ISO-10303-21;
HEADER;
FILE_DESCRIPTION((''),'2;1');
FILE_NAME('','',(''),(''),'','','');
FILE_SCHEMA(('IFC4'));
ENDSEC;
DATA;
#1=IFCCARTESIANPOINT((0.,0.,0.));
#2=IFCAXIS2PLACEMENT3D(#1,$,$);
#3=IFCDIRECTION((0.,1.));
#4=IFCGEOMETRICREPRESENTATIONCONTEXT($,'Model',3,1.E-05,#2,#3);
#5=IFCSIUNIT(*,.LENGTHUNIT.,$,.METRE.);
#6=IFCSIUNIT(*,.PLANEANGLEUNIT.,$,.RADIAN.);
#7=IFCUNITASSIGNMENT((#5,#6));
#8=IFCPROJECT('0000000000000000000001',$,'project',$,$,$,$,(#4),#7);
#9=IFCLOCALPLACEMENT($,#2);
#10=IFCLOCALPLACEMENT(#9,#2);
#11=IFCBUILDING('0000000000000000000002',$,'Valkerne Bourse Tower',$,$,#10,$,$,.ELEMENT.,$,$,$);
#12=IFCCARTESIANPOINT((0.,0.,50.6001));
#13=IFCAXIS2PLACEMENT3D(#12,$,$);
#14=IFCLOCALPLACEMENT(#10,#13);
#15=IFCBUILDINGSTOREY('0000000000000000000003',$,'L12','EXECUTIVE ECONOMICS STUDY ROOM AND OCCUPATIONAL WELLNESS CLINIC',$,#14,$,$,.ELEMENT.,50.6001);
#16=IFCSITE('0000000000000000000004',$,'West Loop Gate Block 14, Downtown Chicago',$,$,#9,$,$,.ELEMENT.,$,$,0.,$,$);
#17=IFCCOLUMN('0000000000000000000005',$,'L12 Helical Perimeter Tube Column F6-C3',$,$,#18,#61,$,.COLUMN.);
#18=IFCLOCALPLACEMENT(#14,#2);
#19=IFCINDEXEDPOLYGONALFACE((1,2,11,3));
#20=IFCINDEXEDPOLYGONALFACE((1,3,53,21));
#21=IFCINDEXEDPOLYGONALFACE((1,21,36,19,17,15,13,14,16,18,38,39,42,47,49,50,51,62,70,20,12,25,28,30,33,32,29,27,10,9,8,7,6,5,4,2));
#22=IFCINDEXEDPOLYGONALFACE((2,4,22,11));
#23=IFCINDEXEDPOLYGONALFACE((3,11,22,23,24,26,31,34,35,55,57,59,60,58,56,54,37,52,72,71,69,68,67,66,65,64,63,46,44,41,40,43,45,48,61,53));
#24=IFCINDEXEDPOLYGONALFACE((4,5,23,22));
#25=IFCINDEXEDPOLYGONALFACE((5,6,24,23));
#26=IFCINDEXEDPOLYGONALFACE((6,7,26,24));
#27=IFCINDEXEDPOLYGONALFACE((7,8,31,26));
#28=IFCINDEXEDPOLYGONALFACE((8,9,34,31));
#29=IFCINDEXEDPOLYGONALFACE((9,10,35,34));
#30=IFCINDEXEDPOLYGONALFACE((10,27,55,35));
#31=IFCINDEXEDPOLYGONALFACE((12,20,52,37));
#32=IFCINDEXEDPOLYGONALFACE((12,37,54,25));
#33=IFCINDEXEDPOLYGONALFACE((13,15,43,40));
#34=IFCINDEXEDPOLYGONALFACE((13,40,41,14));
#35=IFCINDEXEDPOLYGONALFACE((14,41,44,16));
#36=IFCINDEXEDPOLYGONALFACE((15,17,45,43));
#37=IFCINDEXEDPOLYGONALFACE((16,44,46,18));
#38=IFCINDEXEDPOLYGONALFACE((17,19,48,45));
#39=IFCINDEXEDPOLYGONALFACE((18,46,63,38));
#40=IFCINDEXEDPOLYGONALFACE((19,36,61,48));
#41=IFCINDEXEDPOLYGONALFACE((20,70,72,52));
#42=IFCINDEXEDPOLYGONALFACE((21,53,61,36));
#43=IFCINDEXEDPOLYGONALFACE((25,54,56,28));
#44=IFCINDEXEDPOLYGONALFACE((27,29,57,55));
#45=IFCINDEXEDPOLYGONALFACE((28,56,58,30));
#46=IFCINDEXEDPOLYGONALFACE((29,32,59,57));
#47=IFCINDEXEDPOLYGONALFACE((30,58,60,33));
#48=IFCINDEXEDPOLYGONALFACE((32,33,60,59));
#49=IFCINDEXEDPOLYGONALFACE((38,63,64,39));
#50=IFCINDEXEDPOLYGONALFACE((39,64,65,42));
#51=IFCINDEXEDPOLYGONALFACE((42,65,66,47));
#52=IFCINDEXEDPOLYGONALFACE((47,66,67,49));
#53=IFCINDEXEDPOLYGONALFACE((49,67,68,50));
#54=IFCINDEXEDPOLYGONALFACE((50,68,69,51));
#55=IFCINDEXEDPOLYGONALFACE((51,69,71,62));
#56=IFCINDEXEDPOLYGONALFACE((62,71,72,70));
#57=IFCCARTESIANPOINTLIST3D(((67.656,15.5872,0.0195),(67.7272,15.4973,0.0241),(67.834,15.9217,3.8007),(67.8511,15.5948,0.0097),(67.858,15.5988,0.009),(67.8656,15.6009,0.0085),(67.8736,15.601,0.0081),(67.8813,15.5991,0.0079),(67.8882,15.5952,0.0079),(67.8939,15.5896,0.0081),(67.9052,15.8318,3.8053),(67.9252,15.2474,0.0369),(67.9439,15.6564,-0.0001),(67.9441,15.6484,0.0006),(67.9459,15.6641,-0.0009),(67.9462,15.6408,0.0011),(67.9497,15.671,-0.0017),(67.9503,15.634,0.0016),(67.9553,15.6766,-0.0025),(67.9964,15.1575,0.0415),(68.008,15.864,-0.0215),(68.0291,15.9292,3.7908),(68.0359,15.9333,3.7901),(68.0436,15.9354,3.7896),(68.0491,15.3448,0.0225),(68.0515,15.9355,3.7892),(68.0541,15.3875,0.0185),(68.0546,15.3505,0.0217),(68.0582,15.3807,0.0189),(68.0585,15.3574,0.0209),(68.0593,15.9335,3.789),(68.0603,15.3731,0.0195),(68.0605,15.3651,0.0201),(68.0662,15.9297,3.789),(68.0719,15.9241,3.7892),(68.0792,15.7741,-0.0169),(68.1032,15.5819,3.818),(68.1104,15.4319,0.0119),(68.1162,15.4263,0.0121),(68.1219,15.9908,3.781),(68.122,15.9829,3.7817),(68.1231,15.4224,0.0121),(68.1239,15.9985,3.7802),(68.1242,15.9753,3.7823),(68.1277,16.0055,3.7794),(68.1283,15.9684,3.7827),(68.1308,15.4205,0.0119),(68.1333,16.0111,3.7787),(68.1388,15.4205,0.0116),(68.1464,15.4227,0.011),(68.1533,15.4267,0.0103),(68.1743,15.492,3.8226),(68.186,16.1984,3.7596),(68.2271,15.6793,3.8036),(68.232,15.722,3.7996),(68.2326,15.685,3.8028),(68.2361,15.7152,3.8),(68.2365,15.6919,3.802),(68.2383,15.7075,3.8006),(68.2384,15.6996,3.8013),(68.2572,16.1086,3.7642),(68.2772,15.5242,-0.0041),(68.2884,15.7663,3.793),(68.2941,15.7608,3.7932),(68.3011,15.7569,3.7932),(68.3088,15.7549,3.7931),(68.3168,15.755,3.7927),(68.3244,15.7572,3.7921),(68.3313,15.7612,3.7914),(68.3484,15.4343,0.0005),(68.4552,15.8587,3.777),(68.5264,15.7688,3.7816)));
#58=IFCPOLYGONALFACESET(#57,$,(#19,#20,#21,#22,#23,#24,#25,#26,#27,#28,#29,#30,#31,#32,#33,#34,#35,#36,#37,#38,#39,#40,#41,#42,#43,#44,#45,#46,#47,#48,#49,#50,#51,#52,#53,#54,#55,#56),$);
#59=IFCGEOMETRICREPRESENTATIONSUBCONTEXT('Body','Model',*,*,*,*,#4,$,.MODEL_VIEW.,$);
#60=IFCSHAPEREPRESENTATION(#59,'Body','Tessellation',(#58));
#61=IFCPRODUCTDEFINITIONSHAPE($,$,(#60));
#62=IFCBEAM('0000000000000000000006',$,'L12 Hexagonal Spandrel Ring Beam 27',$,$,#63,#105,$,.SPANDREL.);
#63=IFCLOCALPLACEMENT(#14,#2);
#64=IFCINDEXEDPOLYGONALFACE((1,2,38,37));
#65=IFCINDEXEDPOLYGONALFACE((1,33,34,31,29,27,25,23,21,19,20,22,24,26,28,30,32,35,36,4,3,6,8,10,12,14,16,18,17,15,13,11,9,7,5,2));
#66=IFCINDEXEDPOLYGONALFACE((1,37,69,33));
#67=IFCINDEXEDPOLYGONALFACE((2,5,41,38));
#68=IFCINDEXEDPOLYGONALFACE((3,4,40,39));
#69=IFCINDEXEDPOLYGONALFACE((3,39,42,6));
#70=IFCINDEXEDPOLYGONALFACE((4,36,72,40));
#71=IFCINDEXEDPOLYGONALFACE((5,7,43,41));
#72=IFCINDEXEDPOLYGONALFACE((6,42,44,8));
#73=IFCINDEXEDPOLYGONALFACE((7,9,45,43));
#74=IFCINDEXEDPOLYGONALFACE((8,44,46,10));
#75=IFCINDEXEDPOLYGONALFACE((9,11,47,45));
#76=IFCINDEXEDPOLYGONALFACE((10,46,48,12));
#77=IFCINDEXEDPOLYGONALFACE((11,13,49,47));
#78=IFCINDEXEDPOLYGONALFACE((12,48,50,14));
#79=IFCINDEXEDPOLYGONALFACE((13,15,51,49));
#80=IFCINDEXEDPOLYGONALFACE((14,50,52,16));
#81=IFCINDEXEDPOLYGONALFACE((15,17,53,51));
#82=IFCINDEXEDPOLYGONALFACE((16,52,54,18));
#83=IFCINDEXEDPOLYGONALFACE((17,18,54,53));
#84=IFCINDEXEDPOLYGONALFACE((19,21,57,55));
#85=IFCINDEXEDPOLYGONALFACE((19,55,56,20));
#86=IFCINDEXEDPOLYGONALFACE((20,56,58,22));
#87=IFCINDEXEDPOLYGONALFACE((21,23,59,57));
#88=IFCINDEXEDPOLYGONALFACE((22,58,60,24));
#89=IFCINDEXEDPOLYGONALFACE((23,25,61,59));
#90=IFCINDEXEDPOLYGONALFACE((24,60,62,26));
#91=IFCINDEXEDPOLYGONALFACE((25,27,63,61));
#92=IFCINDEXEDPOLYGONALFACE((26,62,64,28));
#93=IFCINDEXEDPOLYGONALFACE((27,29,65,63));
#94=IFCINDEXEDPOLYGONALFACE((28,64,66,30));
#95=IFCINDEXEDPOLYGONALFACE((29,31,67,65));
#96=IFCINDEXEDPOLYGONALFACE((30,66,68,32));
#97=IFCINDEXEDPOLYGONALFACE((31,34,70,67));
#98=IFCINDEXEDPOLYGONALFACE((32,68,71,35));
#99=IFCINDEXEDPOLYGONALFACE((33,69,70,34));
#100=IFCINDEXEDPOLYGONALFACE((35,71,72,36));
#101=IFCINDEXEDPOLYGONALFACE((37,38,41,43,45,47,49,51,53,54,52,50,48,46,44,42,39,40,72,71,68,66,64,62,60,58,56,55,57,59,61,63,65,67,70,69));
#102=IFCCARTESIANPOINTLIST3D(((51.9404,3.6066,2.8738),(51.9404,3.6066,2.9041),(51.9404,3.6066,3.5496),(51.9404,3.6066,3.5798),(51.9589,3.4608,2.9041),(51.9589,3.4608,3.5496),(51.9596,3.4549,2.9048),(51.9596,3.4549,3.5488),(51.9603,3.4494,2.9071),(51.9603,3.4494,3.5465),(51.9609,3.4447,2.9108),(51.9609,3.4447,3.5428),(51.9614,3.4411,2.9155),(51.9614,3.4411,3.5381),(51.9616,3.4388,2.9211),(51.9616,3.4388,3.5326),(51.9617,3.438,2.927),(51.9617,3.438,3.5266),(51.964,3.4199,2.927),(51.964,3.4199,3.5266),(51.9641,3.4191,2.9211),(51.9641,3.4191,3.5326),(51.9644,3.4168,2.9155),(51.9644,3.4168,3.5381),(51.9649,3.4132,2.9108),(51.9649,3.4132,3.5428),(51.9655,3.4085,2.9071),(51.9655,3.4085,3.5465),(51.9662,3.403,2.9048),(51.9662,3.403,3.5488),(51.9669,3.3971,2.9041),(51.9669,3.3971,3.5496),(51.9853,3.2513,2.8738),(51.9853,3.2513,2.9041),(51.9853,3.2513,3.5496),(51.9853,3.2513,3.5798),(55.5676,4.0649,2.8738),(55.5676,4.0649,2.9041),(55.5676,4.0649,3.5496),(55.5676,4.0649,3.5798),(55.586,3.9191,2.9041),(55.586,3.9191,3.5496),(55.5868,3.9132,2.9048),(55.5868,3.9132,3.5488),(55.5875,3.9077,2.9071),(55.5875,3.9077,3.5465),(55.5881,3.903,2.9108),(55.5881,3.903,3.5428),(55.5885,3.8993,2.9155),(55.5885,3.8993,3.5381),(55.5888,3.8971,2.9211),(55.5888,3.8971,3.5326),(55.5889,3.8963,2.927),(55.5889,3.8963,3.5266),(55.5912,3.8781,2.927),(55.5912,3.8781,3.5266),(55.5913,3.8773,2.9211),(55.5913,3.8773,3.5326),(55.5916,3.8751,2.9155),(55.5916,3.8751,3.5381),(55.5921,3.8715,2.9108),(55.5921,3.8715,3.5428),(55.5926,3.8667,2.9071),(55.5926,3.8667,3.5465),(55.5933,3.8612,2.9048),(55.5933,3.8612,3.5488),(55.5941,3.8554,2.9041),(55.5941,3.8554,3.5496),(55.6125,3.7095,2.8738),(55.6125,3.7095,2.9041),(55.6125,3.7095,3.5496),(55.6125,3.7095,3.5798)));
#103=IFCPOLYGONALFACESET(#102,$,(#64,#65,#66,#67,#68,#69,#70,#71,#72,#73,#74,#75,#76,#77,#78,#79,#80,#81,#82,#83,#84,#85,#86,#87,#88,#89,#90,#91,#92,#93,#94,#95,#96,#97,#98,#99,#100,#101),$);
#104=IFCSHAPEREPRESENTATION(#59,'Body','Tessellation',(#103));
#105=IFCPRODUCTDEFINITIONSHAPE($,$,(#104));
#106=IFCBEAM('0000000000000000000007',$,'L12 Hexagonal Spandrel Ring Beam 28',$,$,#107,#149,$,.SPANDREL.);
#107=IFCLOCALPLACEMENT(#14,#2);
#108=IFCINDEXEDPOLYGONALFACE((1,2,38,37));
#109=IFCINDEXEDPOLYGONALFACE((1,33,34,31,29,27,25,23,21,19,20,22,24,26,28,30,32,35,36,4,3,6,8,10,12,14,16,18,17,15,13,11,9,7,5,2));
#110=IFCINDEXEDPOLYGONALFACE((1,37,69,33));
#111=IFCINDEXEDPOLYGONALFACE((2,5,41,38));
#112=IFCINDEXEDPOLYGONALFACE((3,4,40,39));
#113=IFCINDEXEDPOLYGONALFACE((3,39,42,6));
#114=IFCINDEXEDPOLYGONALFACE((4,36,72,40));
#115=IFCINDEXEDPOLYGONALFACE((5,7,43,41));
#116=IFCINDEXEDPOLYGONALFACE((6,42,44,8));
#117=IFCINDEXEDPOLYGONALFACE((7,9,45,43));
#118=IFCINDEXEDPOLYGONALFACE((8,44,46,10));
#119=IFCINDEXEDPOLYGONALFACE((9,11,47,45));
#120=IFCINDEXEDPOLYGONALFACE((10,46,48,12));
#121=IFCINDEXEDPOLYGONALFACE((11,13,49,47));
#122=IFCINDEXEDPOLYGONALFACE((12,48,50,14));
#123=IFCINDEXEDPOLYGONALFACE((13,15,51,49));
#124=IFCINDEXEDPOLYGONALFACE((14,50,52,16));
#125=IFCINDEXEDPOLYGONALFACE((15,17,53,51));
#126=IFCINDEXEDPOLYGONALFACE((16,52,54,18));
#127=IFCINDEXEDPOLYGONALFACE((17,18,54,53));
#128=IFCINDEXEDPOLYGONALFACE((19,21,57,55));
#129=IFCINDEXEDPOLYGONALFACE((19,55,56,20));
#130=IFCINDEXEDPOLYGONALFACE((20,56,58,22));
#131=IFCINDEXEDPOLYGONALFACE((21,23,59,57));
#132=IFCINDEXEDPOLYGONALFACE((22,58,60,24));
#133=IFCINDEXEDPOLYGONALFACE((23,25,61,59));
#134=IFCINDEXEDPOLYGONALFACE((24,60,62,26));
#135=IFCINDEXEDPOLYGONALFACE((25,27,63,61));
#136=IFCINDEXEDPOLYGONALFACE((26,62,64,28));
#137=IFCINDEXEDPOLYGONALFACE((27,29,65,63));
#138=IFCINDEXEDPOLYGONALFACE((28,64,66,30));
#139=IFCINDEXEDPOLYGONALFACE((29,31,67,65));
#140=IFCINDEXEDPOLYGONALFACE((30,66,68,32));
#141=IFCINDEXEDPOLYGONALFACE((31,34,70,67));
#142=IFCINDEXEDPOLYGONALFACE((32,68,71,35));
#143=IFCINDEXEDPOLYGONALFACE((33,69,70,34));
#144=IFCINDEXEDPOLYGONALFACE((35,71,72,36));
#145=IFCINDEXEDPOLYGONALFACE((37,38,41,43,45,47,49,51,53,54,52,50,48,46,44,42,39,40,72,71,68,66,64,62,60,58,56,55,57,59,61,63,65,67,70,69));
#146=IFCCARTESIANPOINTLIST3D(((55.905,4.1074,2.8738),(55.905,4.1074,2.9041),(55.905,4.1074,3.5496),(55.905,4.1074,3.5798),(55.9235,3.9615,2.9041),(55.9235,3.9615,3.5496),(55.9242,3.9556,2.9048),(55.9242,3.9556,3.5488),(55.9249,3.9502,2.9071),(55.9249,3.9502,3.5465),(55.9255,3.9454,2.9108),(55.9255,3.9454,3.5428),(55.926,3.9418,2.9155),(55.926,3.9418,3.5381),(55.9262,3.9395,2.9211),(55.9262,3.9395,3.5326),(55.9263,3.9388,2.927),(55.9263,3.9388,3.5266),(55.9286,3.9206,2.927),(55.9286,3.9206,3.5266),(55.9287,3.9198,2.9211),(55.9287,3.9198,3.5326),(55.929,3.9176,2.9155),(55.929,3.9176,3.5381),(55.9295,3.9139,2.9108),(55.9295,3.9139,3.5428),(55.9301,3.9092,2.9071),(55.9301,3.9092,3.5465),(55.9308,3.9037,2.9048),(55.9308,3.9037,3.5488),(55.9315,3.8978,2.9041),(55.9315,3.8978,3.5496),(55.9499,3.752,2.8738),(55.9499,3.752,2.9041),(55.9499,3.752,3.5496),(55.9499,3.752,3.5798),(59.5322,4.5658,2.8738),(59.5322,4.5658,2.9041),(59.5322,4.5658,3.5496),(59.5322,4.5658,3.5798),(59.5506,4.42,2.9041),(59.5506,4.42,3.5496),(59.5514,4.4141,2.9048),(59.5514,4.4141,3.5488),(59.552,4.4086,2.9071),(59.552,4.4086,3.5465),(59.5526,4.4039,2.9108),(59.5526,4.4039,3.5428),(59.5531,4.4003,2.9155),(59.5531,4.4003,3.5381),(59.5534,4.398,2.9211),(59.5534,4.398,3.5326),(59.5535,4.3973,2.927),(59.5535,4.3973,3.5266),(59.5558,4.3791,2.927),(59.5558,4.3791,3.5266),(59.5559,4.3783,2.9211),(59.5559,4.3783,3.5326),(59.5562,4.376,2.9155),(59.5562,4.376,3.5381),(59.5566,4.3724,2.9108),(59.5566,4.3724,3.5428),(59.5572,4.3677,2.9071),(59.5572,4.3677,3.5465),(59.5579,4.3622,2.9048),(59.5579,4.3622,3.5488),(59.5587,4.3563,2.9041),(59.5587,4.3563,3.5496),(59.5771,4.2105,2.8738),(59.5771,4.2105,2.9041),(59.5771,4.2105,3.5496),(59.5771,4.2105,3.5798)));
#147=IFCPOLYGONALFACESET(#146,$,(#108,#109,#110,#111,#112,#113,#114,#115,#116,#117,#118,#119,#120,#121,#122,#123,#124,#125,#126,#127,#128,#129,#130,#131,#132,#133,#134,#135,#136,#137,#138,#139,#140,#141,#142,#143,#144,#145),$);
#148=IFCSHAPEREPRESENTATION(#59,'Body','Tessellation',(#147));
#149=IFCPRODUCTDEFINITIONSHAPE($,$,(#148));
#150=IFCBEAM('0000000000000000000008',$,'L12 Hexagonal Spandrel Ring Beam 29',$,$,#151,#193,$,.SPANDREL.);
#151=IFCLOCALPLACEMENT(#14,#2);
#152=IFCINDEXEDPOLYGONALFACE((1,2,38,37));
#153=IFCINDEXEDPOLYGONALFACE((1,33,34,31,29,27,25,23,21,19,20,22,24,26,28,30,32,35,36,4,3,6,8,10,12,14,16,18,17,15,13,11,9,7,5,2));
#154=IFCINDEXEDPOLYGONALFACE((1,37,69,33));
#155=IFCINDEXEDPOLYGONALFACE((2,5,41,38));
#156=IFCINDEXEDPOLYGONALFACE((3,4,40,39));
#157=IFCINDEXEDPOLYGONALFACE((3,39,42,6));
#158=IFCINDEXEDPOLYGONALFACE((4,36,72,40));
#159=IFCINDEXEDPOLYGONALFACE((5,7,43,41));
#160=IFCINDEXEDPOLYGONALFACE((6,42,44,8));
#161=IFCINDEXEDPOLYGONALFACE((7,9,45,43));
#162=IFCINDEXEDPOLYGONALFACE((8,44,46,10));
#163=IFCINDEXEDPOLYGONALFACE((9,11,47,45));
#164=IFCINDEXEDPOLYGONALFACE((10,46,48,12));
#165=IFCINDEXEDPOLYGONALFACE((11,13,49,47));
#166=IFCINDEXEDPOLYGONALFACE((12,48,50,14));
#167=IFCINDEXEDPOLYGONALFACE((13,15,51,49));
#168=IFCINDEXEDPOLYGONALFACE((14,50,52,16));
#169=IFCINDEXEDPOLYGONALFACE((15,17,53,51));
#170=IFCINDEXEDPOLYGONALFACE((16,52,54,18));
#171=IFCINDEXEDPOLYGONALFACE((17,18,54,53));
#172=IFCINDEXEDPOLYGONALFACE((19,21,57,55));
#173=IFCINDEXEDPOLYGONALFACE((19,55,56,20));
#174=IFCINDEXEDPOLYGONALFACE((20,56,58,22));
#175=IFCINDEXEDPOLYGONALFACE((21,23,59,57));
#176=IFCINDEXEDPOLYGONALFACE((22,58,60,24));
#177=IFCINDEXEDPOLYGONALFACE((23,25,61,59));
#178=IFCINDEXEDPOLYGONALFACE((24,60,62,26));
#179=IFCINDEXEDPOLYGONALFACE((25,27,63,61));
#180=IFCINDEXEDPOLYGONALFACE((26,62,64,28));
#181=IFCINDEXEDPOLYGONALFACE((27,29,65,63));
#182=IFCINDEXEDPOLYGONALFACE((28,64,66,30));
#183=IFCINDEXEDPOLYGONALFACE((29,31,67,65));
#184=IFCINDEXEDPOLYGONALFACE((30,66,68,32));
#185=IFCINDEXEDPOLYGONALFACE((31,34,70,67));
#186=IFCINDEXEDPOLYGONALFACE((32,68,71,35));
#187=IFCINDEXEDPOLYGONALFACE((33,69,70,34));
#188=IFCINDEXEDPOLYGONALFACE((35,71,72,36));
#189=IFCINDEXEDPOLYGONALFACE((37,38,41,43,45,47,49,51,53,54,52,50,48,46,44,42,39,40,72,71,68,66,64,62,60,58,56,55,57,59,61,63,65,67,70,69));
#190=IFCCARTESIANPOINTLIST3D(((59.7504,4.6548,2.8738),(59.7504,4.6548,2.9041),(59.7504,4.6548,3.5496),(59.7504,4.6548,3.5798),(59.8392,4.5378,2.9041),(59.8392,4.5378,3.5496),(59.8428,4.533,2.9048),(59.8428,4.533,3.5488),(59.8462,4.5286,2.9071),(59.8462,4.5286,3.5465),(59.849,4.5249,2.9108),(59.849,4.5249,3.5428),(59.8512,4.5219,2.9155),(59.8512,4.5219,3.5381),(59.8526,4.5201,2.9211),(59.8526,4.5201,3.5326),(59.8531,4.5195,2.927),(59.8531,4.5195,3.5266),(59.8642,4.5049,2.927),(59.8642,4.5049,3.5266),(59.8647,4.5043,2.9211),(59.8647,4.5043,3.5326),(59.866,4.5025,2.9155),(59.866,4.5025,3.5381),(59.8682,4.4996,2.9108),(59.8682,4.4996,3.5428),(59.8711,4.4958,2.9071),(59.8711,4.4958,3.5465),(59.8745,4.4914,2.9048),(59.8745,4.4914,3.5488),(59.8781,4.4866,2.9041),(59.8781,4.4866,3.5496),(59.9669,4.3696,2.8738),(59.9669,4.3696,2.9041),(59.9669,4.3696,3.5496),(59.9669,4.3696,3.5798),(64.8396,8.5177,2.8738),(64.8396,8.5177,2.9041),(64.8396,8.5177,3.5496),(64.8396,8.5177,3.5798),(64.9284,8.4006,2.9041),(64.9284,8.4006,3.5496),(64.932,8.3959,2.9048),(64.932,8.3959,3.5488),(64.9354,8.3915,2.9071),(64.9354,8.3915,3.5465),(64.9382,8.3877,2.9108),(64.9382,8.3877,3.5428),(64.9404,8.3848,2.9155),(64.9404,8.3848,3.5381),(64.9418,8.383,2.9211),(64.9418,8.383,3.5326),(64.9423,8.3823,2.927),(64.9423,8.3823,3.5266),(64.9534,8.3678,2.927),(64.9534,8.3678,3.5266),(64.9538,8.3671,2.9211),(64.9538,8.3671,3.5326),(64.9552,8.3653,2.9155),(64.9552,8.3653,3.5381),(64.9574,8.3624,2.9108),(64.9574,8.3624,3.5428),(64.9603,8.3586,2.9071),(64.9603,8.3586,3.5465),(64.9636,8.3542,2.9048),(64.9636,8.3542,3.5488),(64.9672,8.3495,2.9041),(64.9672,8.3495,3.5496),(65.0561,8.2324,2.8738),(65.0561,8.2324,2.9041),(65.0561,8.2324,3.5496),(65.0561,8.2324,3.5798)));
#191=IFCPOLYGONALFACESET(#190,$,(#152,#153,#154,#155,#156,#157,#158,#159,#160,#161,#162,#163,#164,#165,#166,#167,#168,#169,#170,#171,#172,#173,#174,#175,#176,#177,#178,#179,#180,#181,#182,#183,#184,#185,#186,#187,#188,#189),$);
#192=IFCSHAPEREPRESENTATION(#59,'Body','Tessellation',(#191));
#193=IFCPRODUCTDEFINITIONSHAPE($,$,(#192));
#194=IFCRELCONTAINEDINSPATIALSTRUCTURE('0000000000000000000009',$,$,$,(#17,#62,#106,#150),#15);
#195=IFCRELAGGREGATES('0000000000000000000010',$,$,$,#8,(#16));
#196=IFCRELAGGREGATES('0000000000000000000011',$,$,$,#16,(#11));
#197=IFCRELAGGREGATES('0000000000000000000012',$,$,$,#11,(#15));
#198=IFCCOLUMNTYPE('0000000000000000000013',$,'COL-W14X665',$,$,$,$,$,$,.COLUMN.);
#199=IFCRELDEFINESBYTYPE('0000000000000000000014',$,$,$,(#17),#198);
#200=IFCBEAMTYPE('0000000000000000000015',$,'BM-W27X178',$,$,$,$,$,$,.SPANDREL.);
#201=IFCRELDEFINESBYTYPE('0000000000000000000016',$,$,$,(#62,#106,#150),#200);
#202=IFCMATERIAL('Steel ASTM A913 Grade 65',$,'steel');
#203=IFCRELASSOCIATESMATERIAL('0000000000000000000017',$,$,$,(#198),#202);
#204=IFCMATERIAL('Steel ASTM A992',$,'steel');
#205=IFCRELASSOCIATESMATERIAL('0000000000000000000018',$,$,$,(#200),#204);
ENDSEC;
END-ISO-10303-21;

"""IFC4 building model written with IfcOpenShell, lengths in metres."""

from ifc_helpers import new_model, si_unit, direction, frame, origin, origin_2d, place, context, subcontext, project, spatial, i_section, extrude, material, material_profile, profile_set, type_object, element, save


model = new_model("IFC4")

# Units and contexts
model_context = context("Model", 3, precision=1e-05, world=origin(), true_north=direction((0.0, 1.0)))
body_context = subcontext(model_context, "Body", "Model", "MODEL_VIEW")
ifc_project = project(units=[si_unit("LENGTHUNIT", "METRE"), si_unit("PLANEANGLEUNIT", "RADIAN")], contexts=[model_context])

# Site, building, storey
site_placement = place(None, origin())
site = spatial("IfcSite", under=ifc_project, at=site_placement, Name="West Loop Gate Block 14, Downtown Chicago", CompositionType="ELEMENT", RefElevation=0.0)
building_placement = place(site_placement, origin())
building = spatial("IfcBuilding", under=site, at=building_placement, Name="Valkerne Bourse Tower", CompositionType="ELEMENT")
storey_placement = place(building_placement, frame((0.0, 0.0, 50.6001)))
storey = spatial("IfcBuildingStorey", under=building, at=storey_placement, Name="L12", Description="EXECUTIVE ECONOMICS STUDY ROOM AND OCCUPATIONAL WELLNESS CLINIC", CompositionType="ELEMENT", Elevation=50.6001)

# Column
ifc_material_1 = material(Name="Steel ASTM A913 Grade 65", Category="steel")
ifc_material_profile_1 = material_profile(ifc_material_1, i_section(OverallWidth=0.4497, OverallDepth=0.5486, WebThickness=0.072, FlangeThickness=0.1147, FilletRadius=0.0305, at=origin_2d()), Name="W14X665")
ifc_profile_set_1 = profile_set([ifc_material_profile_1], Name="Steel ASTM A913 Grade 65")
column_type = type_object("IfcColumnType", Name="COL-W14X665", PredefinedType="COLUMN", material=ifc_profile_set_1)
column_1_placement = place(storey_placement, frame((68.0022, 15.5107, 0.01), z_axis=(0.046837, 0.08802, 0.995017), x_axis=(-0.78283, -0.615502, 0.091297)))
element("IfcColumn", 1, at=column_1_placement, inside=storey, type_object=column_type, Name="L12 Helical Perimeter Tube Column F6-C3", PredefinedType="COLUMN", context=body_context, shape_type="SweptSolid", body=[
    extrude(i_section(OverallWidth=0.4497, OverallDepth=0.5486, WebThickness=0.072, FlangeThickness=0.1147, FilletRadius=0.0305, at=origin_2d()), origin(), (0.0, 0.0, 1.0), 3.8),
])

# Beams
ifc_material_2 = material(Name="Steel ASTM A992", Category="steel")
ifc_material_profile_2 = material_profile(ifc_material_2, i_section(OverallWidth=0.3582, OverallDepth=0.7061, WebThickness=0.0183, FlangeThickness=0.0303, FilletRadius=0.0229, at=origin_2d()), Name="W27X178")
ifc_profile_set_2 = profile_set([ifc_material_profile_2], Name="Steel ASTM A992")
beam_type = type_object("IfcBeamType", Name="BM-W27X178", PredefinedType="SPANDREL", material=ifc_profile_set_2)
for number, where, z_axis, x_axis, name in (
    (2, (51.9629, 3.429, 3.2268), (0.992114, 0.125341, 0.0), (-0.125341, 0.992114, 0.0), "L12 Hexagonal Spandrel Ring Beam 27"),
    (3, (55.9275, 3.9297, 3.2268), (0.992105, 0.125407, 0.0), (-0.125407, 0.992105, 0.0), "L12 Hexagonal Spandrel Ring Beam 28"),
):
    element("IfcBeam", number, at=place(storey_placement, frame(where, z_axis=z_axis, x_axis=x_axis)), inside=storey, type_object=beam_type, Name=name, PredefinedType="SPANDREL", context=body_context, shape_type="SweptSolid", body=[
        extrude(i_section(OverallWidth=0.3582, OverallDepth=0.7061, WebThickness=0.0183, FlangeThickness=0.0303, FilletRadius=0.0229, at=origin_2d()), origin(), (0.0, 0.0, 1.0), 3.656),
    ])
beam_1_placement = place(storey_placement, frame((59.8586, 4.5122, 3.2268), z_axis=(0.796534, 0.604594, 0.0), x_axis=(-0.604594, 0.796534, 0.0)))
element("IfcBeam", 4, at=beam_1_placement, inside=storey, type_object=beam_type, Name="L12 Hexagonal Spandrel Ring Beam 29", PredefinedType="SPANDREL", context=body_context, shape_type="SweptSolid", body=[
    extrude(i_section(OverallWidth=0.3582, OverallDepth=0.7061, WebThickness=0.0183, FlangeThickness=0.0303, FilletRadius=0.0229, at=origin_2d()), origin(), (0.0, 0.0, 1.0), 6.3892),
])

save(model, "model.ifc")
